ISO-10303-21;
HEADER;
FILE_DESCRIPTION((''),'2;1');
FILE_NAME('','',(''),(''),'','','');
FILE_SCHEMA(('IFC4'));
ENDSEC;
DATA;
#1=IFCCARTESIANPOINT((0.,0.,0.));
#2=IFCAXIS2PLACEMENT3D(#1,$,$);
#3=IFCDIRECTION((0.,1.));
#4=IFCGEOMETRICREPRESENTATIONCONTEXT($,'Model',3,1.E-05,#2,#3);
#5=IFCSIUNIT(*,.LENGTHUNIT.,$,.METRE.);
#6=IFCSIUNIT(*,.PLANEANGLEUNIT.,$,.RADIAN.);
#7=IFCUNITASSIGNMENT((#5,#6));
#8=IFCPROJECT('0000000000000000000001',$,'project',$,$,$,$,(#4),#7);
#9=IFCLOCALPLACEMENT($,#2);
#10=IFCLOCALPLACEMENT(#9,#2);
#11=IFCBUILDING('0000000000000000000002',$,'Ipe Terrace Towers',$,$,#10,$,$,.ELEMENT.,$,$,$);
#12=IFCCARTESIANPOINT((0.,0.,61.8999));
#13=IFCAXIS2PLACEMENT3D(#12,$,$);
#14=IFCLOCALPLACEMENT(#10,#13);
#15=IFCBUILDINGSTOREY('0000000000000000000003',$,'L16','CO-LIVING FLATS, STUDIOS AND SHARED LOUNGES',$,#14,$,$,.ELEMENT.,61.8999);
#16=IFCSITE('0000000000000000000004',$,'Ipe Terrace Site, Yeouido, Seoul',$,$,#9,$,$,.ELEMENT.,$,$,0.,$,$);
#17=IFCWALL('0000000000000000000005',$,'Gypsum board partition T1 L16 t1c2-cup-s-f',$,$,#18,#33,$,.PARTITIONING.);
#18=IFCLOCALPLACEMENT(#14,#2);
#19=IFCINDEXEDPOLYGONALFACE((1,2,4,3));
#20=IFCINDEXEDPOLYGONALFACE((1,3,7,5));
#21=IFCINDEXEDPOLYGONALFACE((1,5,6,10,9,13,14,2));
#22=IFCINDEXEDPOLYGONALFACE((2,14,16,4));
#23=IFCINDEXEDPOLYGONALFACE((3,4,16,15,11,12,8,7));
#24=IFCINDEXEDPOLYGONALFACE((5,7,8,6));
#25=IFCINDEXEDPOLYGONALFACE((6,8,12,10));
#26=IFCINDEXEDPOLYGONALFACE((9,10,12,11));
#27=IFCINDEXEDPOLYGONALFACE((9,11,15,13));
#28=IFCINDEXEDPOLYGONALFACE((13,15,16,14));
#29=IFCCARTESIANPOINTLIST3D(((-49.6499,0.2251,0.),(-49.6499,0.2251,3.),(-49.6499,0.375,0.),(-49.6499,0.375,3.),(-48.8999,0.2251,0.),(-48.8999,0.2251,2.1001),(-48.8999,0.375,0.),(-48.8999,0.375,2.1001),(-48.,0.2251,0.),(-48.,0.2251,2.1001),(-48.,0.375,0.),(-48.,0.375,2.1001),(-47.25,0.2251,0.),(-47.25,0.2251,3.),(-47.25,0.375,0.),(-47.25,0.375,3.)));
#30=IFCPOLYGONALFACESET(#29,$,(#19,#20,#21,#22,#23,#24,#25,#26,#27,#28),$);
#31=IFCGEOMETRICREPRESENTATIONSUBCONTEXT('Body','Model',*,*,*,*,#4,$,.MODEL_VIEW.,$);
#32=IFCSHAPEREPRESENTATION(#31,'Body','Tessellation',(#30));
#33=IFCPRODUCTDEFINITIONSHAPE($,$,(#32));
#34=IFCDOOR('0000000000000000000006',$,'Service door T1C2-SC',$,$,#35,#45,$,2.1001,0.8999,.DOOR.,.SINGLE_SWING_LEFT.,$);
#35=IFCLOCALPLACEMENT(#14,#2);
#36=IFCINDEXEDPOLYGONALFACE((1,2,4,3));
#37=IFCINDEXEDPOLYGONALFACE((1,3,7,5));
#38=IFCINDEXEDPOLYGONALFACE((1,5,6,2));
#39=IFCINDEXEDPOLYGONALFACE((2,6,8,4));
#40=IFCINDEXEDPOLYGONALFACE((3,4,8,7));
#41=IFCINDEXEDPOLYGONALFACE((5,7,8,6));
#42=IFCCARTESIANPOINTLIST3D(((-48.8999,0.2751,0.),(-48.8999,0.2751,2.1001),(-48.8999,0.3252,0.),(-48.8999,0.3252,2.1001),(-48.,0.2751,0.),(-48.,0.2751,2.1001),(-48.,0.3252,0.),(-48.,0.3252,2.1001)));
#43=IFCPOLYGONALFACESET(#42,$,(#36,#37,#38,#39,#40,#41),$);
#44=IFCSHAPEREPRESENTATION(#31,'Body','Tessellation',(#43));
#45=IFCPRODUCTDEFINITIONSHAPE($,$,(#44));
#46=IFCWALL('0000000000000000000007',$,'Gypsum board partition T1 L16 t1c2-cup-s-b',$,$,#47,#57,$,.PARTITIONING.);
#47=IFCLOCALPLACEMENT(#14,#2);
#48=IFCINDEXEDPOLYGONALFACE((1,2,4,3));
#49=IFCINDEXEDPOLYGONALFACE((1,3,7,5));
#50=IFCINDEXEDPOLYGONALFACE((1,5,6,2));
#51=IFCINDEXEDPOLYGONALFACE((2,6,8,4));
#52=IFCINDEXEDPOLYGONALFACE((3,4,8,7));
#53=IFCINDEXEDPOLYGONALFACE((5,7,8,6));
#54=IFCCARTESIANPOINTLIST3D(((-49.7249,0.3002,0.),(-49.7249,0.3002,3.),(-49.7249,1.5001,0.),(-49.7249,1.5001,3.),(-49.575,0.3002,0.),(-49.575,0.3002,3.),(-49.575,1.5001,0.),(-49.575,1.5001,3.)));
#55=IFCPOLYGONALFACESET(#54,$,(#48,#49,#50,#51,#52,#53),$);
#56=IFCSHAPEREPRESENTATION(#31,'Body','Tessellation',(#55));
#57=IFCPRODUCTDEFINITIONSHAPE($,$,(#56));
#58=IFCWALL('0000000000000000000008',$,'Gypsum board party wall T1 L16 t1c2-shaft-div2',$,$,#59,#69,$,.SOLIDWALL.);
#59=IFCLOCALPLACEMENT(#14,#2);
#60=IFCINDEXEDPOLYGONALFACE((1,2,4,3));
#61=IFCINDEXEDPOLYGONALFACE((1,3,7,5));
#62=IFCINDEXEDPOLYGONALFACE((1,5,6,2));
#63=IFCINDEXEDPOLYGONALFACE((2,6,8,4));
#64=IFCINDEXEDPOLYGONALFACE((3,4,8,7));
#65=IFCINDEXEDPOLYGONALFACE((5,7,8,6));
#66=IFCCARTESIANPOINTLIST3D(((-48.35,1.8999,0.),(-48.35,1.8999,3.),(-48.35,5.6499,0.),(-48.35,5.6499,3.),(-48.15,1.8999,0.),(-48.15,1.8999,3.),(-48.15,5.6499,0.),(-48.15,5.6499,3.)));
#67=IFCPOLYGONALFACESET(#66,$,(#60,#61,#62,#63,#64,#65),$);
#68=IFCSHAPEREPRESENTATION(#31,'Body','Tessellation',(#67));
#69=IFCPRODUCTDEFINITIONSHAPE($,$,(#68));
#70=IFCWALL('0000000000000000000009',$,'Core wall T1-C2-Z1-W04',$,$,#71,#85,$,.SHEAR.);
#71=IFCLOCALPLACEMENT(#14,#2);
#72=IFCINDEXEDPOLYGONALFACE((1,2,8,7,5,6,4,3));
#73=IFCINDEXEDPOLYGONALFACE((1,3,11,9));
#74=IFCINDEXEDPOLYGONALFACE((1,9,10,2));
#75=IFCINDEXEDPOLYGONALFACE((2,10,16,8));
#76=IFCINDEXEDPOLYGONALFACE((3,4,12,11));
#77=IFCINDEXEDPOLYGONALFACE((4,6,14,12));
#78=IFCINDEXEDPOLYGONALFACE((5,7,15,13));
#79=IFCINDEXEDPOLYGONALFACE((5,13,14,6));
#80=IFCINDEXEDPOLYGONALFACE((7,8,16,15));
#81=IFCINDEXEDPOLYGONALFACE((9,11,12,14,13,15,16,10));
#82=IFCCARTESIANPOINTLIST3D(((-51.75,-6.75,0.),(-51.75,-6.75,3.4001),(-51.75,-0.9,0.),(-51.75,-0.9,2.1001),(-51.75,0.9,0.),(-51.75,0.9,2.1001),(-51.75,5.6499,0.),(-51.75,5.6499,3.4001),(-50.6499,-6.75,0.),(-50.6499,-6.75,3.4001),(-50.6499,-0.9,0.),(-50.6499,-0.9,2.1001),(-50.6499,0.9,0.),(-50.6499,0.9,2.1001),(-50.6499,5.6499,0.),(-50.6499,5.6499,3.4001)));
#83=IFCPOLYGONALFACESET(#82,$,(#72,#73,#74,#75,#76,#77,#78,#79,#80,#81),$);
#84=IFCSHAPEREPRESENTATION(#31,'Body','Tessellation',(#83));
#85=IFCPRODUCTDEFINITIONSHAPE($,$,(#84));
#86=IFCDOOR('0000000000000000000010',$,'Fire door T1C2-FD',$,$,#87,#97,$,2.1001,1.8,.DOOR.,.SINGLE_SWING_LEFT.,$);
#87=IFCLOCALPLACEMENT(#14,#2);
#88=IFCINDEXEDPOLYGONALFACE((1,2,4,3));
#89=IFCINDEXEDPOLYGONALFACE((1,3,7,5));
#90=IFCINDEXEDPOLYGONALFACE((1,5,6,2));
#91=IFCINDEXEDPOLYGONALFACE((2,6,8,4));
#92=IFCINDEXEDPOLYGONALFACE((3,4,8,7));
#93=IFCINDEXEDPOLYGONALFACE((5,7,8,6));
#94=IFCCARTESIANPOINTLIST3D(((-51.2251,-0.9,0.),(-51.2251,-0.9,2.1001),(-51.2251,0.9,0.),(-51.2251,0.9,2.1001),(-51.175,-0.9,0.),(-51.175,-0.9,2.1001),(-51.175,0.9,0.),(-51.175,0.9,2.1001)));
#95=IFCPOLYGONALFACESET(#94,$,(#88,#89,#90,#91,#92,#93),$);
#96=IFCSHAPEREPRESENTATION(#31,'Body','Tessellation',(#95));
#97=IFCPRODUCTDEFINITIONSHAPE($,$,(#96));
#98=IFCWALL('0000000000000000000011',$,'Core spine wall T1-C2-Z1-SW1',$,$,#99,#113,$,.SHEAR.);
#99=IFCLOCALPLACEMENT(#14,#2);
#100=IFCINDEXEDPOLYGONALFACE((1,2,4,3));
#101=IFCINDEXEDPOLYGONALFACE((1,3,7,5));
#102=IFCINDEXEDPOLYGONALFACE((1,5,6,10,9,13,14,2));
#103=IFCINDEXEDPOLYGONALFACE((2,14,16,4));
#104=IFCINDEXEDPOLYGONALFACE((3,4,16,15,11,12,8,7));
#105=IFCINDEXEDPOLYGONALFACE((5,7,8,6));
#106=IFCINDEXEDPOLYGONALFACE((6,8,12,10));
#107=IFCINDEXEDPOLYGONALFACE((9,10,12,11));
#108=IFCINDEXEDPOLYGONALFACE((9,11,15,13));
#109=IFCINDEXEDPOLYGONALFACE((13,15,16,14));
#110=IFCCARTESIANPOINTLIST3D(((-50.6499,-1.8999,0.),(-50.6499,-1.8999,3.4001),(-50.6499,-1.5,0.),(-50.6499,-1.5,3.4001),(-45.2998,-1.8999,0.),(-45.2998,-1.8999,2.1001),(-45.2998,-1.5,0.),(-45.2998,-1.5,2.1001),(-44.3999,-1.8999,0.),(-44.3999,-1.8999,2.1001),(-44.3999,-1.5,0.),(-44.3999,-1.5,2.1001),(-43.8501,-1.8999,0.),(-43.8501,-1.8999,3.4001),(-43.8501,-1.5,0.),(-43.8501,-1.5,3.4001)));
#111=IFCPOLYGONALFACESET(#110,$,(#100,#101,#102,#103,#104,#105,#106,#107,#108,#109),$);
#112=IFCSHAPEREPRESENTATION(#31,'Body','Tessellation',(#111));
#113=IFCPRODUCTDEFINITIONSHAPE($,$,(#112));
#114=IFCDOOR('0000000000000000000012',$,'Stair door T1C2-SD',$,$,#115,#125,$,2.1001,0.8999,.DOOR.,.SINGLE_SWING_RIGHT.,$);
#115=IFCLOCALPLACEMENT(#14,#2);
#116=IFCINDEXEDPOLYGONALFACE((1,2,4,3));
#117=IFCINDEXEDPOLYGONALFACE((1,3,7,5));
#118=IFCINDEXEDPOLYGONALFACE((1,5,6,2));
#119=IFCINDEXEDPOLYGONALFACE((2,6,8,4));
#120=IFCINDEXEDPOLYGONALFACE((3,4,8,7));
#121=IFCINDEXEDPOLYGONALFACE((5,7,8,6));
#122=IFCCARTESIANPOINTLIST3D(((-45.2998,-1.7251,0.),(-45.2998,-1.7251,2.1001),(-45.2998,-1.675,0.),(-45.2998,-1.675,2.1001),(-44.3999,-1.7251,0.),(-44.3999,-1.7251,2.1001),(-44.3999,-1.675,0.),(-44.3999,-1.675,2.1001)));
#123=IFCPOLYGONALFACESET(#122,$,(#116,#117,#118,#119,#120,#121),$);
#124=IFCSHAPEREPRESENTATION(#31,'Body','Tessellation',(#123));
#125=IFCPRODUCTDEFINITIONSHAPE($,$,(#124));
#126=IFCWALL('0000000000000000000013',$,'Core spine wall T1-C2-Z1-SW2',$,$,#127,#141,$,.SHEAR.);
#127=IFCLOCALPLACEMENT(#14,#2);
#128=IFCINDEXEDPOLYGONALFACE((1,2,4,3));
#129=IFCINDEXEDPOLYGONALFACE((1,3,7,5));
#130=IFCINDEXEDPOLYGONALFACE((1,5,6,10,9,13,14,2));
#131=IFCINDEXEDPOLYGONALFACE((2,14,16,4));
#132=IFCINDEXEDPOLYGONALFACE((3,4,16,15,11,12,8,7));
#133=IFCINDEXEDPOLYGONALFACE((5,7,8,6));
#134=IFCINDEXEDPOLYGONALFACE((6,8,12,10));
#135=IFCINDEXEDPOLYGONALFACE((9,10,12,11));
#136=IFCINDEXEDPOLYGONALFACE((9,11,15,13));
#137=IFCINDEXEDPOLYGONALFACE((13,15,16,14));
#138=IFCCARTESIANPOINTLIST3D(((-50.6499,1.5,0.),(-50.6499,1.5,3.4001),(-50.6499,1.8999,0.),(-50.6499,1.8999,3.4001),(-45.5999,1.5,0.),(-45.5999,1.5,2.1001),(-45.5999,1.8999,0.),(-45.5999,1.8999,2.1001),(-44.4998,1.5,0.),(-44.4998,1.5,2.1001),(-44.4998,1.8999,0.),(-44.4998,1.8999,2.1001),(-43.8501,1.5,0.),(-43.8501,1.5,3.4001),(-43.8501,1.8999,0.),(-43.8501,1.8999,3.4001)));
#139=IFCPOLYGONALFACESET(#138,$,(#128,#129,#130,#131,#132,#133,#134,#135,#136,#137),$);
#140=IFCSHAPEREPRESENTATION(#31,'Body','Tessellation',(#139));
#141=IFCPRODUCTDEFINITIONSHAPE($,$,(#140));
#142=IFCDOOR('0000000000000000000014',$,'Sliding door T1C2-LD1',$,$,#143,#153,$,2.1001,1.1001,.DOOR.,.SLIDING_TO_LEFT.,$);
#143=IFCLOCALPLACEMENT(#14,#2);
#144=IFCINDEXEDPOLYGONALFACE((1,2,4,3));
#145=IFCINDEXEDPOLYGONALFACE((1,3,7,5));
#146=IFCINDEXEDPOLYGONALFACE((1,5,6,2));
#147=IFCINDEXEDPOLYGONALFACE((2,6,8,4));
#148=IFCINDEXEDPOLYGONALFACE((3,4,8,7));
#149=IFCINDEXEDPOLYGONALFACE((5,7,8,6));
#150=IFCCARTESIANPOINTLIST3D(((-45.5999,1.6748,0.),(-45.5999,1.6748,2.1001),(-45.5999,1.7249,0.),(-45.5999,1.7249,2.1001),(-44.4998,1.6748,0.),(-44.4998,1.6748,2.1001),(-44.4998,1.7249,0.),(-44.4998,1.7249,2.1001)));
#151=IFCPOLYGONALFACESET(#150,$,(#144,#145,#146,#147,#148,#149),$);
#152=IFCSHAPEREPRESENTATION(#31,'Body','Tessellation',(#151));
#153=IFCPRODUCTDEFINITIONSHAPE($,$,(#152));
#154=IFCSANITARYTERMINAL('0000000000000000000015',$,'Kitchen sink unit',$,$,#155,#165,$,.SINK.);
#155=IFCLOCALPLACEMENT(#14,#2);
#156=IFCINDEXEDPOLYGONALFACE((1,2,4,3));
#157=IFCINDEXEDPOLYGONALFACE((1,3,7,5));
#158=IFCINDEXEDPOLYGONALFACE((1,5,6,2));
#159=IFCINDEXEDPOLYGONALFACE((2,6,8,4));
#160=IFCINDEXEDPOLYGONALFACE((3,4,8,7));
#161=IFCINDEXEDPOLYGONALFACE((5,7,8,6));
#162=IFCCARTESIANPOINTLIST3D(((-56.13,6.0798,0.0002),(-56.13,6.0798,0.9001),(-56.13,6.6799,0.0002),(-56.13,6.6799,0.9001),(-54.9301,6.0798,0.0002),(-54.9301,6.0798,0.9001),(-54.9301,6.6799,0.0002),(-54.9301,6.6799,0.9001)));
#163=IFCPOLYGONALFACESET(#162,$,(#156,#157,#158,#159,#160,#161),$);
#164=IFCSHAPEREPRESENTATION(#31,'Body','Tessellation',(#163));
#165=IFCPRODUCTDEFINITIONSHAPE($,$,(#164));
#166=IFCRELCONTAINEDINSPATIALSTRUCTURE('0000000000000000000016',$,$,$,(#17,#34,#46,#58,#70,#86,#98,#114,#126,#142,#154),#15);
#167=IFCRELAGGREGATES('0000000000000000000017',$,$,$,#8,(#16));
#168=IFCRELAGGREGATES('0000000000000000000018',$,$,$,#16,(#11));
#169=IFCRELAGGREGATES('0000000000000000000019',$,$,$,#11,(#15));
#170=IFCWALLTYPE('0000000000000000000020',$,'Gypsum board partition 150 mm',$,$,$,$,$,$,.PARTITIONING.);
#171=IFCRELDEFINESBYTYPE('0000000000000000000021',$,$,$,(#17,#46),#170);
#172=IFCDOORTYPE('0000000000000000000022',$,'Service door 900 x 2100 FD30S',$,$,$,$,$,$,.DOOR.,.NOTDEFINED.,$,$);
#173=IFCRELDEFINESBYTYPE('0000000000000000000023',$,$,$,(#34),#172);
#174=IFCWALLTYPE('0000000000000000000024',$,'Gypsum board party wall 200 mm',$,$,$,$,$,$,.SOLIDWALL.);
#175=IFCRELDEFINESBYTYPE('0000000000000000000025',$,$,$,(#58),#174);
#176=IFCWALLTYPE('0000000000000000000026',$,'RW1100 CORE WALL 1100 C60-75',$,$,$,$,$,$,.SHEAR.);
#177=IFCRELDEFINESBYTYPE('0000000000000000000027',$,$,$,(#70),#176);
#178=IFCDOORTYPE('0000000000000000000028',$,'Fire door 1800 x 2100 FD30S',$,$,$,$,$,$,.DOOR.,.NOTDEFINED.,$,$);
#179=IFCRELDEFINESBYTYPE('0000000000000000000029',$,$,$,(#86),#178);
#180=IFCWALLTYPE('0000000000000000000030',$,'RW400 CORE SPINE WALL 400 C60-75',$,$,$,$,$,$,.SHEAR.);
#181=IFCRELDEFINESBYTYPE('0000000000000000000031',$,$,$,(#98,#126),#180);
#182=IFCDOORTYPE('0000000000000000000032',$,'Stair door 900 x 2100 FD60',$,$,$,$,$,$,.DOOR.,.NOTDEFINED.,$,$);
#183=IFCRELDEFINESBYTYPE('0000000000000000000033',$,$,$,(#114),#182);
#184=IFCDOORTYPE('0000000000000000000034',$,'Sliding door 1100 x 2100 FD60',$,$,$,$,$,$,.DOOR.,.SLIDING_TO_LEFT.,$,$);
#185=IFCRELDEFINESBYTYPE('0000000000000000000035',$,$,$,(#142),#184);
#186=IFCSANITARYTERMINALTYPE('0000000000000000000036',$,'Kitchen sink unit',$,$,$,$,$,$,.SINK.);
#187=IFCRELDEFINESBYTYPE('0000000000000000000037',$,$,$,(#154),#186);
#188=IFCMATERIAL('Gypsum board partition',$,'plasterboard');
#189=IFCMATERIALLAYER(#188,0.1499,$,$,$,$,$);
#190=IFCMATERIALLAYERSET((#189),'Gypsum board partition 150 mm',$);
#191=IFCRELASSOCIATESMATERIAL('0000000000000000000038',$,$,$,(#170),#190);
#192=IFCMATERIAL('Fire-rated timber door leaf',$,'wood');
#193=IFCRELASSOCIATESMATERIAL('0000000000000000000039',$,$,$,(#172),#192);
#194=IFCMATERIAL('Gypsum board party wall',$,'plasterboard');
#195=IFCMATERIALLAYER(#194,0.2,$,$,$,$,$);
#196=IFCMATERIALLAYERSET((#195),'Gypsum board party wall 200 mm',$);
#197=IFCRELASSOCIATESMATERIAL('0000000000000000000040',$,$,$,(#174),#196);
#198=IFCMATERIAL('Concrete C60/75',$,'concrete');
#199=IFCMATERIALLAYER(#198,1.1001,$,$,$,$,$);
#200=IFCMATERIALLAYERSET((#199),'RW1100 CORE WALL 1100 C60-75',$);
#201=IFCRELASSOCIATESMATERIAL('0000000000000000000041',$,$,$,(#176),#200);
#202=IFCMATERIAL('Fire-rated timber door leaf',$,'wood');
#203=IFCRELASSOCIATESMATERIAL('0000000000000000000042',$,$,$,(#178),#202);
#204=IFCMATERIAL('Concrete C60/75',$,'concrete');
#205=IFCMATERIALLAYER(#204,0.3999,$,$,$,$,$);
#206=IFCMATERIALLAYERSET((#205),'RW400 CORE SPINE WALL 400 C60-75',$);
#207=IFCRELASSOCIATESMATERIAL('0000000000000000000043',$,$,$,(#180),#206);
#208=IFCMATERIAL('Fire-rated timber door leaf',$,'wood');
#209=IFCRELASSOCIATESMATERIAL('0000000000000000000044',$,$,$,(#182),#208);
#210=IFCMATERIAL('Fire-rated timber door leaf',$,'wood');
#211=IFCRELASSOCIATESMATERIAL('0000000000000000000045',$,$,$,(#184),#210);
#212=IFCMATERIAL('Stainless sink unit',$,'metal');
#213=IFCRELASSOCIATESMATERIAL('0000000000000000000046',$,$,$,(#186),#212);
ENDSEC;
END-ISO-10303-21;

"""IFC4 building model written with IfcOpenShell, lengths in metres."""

from ifc_helpers import new_model, si_unit, direction, frame, frame_2d, origin, origin_2d, place, context, subcontext, project, spatial, rectangle, extrude, material, layer, layer_set, type_object, element, fill, save


model = new_model("IFC4")

# Units and contexts
model_context = context("Model", 3, precision=1e-05, world=origin(), true_north=direction((0.0, 1.0)))
body_context = subcontext(model_context, "Body", "Model", "MODEL_VIEW")
ifc_project = project(units=[si_unit("LENGTHUNIT", "METRE"), si_unit("PLANEANGLEUNIT", "RADIAN")], contexts=[model_context])

# Site, building, storey
site_placement = place(None, origin())
site = spatial("IfcSite", under=ifc_project, at=site_placement, Name="Ipe Terrace Site, Yeouido, Seoul", CompositionType="ELEMENT", RefElevation=0.0)
building_placement = place(site_placement, origin())
building = spatial("IfcBuilding", under=site, at=building_placement, Name="Ipe Terrace Towers", CompositionType="ELEMENT")
storey_placement = place(building_placement, frame((0.0, 0.0, 61.8999)))
storey = spatial("IfcBuildingStorey", under=building, at=storey_placement, Name="L16", Description="CO-LIVING FLATS, STUDIOS AND SHARED LOUNGES", CompositionType="ELEMENT", Elevation=61.8999)

# Wall, opening, door
ifc_material_1 = material(Name="Gypsum board partition", Category="plasterboard")
ifc_layer_1 = layer(ifc_material_1, 0.1499)
ifc_layer_set_1 = layer_set([ifc_layer_1], Name="Gypsum board partition 150 mm")
wall_type_1 = type_object("IfcWallType", Name="Gypsum board partition 150 mm", PredefinedType="PARTITIONING", material=ifc_layer_set_1)
wall_1_placement = place(storey_placement, frame((-47.25, 0.3, 0.0), z_axis=(0.0, 0.0, 1.0), x_axis=(-1.0, 0.0, 0.0)))
wall_1 = element("IfcWall", 1, at=wall_1_placement, inside=storey, type_object=wall_type_1, Name="Gypsum board partition T1 L16 t1c2-cup-s-f", PredefinedType="PARTITIONING", context=body_context, shape_type="SweptSolid", body=[
    extrude(rectangle(XDim=2.3999, YDim=0.1499, at=frame_2d((1.2, 0.0))), origin(), (0.0, 0.0, 1.0), 3.0),
])
opening_1_placement = place(wall_1_placement, frame((0.75, 0.0, 0.0)))
opening_1 = element("IfcOpeningElement", 2, at=opening_1_placement, cuts=wall_1, PredefinedType="OPENING", context=body_context, shape_type="SweptSolid", body=[
    extrude(rectangle(XDim=0.8999, YDim=2.1001, at=frame_2d((0.45, 1.05))), frame((0.0, 0.085, 0.0), z_axis=(0.0, -1.0, 0.0), x_axis=(1.0, 0.0, 0.0)), (0.0, 0.0, 1.0), 0.1699),
])
ifc_material_2 = material(Name="Fire-rated timber door leaf", Category="wood")
door_type_1 = type_object("IfcDoorType", Name="Service door 900 x 2100 FD30S", OperationType="NOTDEFINED", PredefinedType="DOOR", material=ifc_material_2)
door_1_placement = place(opening_1_placement, origin())
door_1 = element("IfcDoor", 3, at=door_1_placement, inside=storey, type_object=door_type_1, Name="Service door T1C2-SC", OperationType="SINGLE_SWING_LEFT", OverallHeight=2.1001, OverallWidth=0.8999, PredefinedType="DOOR", context=body_context, shape_type="SweptSolid", body=[
    extrude(rectangle(XDim=0.8999, YDim=2.1001, at=frame_2d((0.45, 1.05))), frame((0.0, 0.0249, 0.0), z_axis=(0.0, -1.0, 0.0), x_axis=(1.0, 0.0, 0.0)), (0.0, 0.0, 1.0), 0.05),
])
fill(opening_1, door_1)

# Walls
wall_2_placement = place(storey_placement, frame((-49.6499, 0.3, 0.0), z_axis=(0.0, 0.0, 1.0), x_axis=(0.0, 1.0, 0.0)))
element("IfcWall", 4, at=wall_2_placement, inside=storey, type_object=wall_type_1, Name="Gypsum board partition T1 L16 t1c2-cup-s-b", PredefinedType="PARTITIONING", context=body_context, shape_type="SweptSolid", body=[
    extrude(rectangle(XDim=1.2, YDim=0.1499, at=frame_2d((0.6001, 0.0))), origin(), (0.0, 0.0, 1.0), 3.0),
])
ifc_material_3 = material(Name="Gypsum board party wall", Category="plasterboard")
ifc_layer_2 = layer(ifc_material_3, 0.2)
ifc_layer_set_2 = layer_set([ifc_layer_2], Name="Gypsum board party wall 200 mm")
wall_type_2 = type_object("IfcWallType", Name="Gypsum board party wall 200 mm", PredefinedType="SOLIDWALL", material=ifc_layer_set_2)
wall_3_placement = place(storey_placement, frame((-48.25, 5.6499, 0.0), z_axis=(0.0, 0.0, 1.0), x_axis=(0.0, -1.0, 0.0)))
element("IfcWall", 5, at=wall_3_placement, inside=storey, type_object=wall_type_2, Name="Gypsum board party wall T1 L16 t1c2-shaft-div2", PredefinedType="SOLIDWALL", context=body_context, shape_type="SweptSolid", body=[
    extrude(rectangle(XDim=3.75, YDim=0.2, at=frame_2d((1.875, 0.0))), origin(), (0.0, 0.0, 1.0), 3.0),
])

# Walls, openings, doors
ifc_material_4 = material(Name="Concrete C60/75", Category="concrete")
ifc_layer_3 = layer(ifc_material_4, 1.1001)
ifc_layer_set_3 = layer_set([ifc_layer_3], Name="RW1100 CORE WALL 1100 C60-75")
wall_type_3 = type_object("IfcWallType", Name="RW1100 CORE WALL 1100 C60-75", PredefinedType="SHEAR", material=ifc_layer_set_3)
wall_4_placement = place(storey_placement, frame((-51.2, 5.6499, 0.0), z_axis=(0.0, 0.0, 1.0), x_axis=(0.0, -1.0, 0.0)))
wall_4 = element("IfcWall", 6, at=wall_4_placement, inside=storey, type_object=wall_type_3, Name="Core wall T1-C2-Z1-W04", PredefinedType="SHEAR", context=body_context, shape_type="SweptSolid", body=[
    extrude(rectangle(XDim=12.3999, YDim=1.1001, at=frame_2d((6.2, 0.0))), origin(), (0.0, 0.0, 1.0), 3.4001),
])
opening_2_placement = place(wall_4_placement, frame((4.75, 0.0, 0.0)))
opening_2 = element("IfcOpeningElement", 7, at=opening_2_placement, cuts=wall_4, PredefinedType="OPENING", context=body_context, shape_type="SweptSolid", body=[
    extrude(rectangle(XDim=1.8, YDim=2.1001, at=frame_2d((0.8999, 1.05))), frame((0.0, 0.5601, 0.0), z_axis=(0.0, -1.0, 0.0), x_axis=(1.0, 0.0, 0.0)), (0.0, 0.0, 1.0), 1.1201),
])
ifc_material_5 = material(Name="Fire-rated timber door leaf", Category="wood")
door_type_2 = type_object("IfcDoorType", Name="Fire door 1800 x 2100 FD30S", OperationType="NOTDEFINED", PredefinedType="DOOR", material=ifc_material_5)
door_2_placement = place(opening_2_placement, origin())
door_2 = element("IfcDoor", 8, at=door_2_placement, inside=storey, type_object=door_type_2, Name="Fire door T1C2-FD", OperationType="SINGLE_SWING_LEFT", OverallHeight=2.1001, OverallWidth=1.8, PredefinedType="DOOR", context=body_context, shape_type="SweptSolid", body=[
    extrude(rectangle(XDim=1.8, YDim=2.1001, at=frame_2d((0.8999, 1.05))), frame((0.0, 0.0249, 0.0), z_axis=(0.0, -1.0, 0.0), x_axis=(1.0, 0.0, 0.0)), (0.0, 0.0, 1.0), 0.05),
])
fill(opening_2, door_2)
ifc_material_6 = material(Name="Concrete C60/75", Category="concrete")
ifc_layer_4 = layer(ifc_material_6, 0.3999)
ifc_layer_set_4 = layer_set([ifc_layer_4], Name="RW400 CORE SPINE WALL 400 C60-75")
wall_type_4 = type_object("IfcWallType", Name="RW400 CORE SPINE WALL 400 C60-75", PredefinedType="SHEAR", material=ifc_layer_set_4)
wall_5_placement = place(storey_placement, frame((-50.6499, -1.7, 0.0), z_axis=(0.0, 0.0, 1.0), x_axis=(1.0, 0.0, 0.0)))
wall_5 = element("IfcWall", 9, at=wall_5_placement, inside=storey, type_object=wall_type_4, Name="Core spine wall T1-C2-Z1-SW1", PredefinedType="SHEAR", context=body_context, shape_type="SweptSolid", body=[
    extrude(rectangle(XDim=6.7998, YDim=0.3999, at=frame_2d((3.3999, 0.0))), origin(), (0.0, 0.0, 1.0), 3.4001),
])
opening_3_placement = place(wall_5_placement, frame((5.3501, 0.0, 0.0)))
opening_3 = element("IfcOpeningElement", 10, at=opening_3_placement, cuts=wall_5, PredefinedType="OPENING", context=body_context, shape_type="SweptSolid", body=[
    extrude(rectangle(XDim=0.8999, YDim=2.1001, at=frame_2d((0.45, 1.05))), frame((0.0, 0.21, 0.0), z_axis=(0.0, -1.0, 0.0), x_axis=(1.0, 0.0, 0.0)), (0.0, 0.0, 1.0), 0.4199),
])
ifc_material_7 = material(Name="Fire-rated timber door leaf", Category="wood")
door_type_3 = type_object("IfcDoorType", Name="Stair door 900 x 2100 FD60", OperationType="NOTDEFINED", PredefinedType="DOOR", material=ifc_material_7)
door_3_placement = place(opening_3_placement, origin())
door_3 = element("IfcDoor", 11, at=door_3_placement, inside=storey, type_object=door_type_3, Name="Stair door T1C2-SD", OperationType="SINGLE_SWING_RIGHT", OverallHeight=2.1001, OverallWidth=0.8999, PredefinedType="DOOR", context=body_context, shape_type="SweptSolid", body=[
    extrude(rectangle(XDim=0.8999, YDim=2.1001, at=frame_2d((0.45, 1.05))), frame((0.0, 0.0249, 0.0), z_axis=(0.0, -1.0, 0.0), x_axis=(1.0, 0.0, 0.0)), (0.0, 0.0, 1.0), 0.05),
])
fill(opening_3, door_3)
wall_6_placement = place(storey_placement, frame((-50.6499, 1.7, 0.0), z_axis=(0.0, 0.0, 1.0), x_axis=(1.0, 0.0, 0.0)))
wall_6 = element("IfcWall", 12, at=wall_6_placement, inside=storey, type_object=wall_type_4, Name="Core spine wall T1-C2-Z1-SW2", PredefinedType="SHEAR", context=body_context, shape_type="SweptSolid", body=[
    extrude(rectangle(XDim=6.7998, YDim=0.3999, at=frame_2d((3.3999, 0.0))), origin(), (0.0, 0.0, 1.0), 3.4001),
])
opening_4_placement = place(wall_6_placement, frame((5.05, 0.0, 0.0)))
opening_4 = element("IfcOpeningElement", 13, at=opening_4_placement, cuts=wall_6, PredefinedType="OPENING", context=body_context, shape_type="SweptSolid", body=[
    extrude(rectangle(XDim=1.1001, YDim=2.1001, at=frame_2d((0.55, 1.05))), frame((0.0, 0.21, 0.0), z_axis=(0.0, -1.0, 0.0), x_axis=(1.0, 0.0, 0.0)), (0.0, 0.0, 1.0), 0.4199),
])
ifc_material_8 = material(Name="Fire-rated timber door leaf", Category="wood")
door_type_4 = type_object("IfcDoorType", Name="Sliding door 1100 x 2100 FD60", OperationType="SLIDING_TO_LEFT", PredefinedType="DOOR", material=ifc_material_8)
door_4_placement = place(opening_4_placement, origin())
door_4 = element("IfcDoor", 14, at=door_4_placement, inside=storey, type_object=door_type_4, Name="Sliding door T1C2-LD1", OperationType="SLIDING_TO_LEFT", OverallHeight=2.1001, OverallWidth=1.1001, PredefinedType="DOOR", context=body_context, shape_type="SweptSolid", body=[
    extrude(rectangle(XDim=1.1001, YDim=2.1001, at=frame_2d((0.55, 1.05))), frame((0.0, 0.0249, 0.0), z_axis=(0.0, -1.0, 0.0), x_axis=(1.0, 0.0, 0.0)), (0.0, 0.0, 1.0), 0.05),
])
fill(opening_4, door_4)

# Sanitary terminal
ifc_material_9 = material(Name="Stainless sink unit", Category="metal")
sanitary_terminal_type_1 = type_object("IfcSanitaryTerminalType", Name="Kitchen sink unit", PredefinedType="SINK", material=ifc_material_9)
sanitary_terminal_1_placement = place(storey_placement, frame((-55.53, 6.3799, 0.0002), z_axis=(0.0, 0.0, 1.0), x_axis=(1.0, 0.0, 0.0)))
element("IfcSanitaryTerminal", 15, at=sanitary_terminal_1_placement, inside=storey, type_object=sanitary_terminal_type_1, Name="Kitchen sink unit", PredefinedType="SINK", context=body_context, shape_type="SweptSolid", body=[
    extrude(rectangle(XDim=1.2, YDim=0.6001, at=origin_2d()), origin(), (0.0, 0.0, 1.0), 0.8999),
])

save(model, "model.ifc")
